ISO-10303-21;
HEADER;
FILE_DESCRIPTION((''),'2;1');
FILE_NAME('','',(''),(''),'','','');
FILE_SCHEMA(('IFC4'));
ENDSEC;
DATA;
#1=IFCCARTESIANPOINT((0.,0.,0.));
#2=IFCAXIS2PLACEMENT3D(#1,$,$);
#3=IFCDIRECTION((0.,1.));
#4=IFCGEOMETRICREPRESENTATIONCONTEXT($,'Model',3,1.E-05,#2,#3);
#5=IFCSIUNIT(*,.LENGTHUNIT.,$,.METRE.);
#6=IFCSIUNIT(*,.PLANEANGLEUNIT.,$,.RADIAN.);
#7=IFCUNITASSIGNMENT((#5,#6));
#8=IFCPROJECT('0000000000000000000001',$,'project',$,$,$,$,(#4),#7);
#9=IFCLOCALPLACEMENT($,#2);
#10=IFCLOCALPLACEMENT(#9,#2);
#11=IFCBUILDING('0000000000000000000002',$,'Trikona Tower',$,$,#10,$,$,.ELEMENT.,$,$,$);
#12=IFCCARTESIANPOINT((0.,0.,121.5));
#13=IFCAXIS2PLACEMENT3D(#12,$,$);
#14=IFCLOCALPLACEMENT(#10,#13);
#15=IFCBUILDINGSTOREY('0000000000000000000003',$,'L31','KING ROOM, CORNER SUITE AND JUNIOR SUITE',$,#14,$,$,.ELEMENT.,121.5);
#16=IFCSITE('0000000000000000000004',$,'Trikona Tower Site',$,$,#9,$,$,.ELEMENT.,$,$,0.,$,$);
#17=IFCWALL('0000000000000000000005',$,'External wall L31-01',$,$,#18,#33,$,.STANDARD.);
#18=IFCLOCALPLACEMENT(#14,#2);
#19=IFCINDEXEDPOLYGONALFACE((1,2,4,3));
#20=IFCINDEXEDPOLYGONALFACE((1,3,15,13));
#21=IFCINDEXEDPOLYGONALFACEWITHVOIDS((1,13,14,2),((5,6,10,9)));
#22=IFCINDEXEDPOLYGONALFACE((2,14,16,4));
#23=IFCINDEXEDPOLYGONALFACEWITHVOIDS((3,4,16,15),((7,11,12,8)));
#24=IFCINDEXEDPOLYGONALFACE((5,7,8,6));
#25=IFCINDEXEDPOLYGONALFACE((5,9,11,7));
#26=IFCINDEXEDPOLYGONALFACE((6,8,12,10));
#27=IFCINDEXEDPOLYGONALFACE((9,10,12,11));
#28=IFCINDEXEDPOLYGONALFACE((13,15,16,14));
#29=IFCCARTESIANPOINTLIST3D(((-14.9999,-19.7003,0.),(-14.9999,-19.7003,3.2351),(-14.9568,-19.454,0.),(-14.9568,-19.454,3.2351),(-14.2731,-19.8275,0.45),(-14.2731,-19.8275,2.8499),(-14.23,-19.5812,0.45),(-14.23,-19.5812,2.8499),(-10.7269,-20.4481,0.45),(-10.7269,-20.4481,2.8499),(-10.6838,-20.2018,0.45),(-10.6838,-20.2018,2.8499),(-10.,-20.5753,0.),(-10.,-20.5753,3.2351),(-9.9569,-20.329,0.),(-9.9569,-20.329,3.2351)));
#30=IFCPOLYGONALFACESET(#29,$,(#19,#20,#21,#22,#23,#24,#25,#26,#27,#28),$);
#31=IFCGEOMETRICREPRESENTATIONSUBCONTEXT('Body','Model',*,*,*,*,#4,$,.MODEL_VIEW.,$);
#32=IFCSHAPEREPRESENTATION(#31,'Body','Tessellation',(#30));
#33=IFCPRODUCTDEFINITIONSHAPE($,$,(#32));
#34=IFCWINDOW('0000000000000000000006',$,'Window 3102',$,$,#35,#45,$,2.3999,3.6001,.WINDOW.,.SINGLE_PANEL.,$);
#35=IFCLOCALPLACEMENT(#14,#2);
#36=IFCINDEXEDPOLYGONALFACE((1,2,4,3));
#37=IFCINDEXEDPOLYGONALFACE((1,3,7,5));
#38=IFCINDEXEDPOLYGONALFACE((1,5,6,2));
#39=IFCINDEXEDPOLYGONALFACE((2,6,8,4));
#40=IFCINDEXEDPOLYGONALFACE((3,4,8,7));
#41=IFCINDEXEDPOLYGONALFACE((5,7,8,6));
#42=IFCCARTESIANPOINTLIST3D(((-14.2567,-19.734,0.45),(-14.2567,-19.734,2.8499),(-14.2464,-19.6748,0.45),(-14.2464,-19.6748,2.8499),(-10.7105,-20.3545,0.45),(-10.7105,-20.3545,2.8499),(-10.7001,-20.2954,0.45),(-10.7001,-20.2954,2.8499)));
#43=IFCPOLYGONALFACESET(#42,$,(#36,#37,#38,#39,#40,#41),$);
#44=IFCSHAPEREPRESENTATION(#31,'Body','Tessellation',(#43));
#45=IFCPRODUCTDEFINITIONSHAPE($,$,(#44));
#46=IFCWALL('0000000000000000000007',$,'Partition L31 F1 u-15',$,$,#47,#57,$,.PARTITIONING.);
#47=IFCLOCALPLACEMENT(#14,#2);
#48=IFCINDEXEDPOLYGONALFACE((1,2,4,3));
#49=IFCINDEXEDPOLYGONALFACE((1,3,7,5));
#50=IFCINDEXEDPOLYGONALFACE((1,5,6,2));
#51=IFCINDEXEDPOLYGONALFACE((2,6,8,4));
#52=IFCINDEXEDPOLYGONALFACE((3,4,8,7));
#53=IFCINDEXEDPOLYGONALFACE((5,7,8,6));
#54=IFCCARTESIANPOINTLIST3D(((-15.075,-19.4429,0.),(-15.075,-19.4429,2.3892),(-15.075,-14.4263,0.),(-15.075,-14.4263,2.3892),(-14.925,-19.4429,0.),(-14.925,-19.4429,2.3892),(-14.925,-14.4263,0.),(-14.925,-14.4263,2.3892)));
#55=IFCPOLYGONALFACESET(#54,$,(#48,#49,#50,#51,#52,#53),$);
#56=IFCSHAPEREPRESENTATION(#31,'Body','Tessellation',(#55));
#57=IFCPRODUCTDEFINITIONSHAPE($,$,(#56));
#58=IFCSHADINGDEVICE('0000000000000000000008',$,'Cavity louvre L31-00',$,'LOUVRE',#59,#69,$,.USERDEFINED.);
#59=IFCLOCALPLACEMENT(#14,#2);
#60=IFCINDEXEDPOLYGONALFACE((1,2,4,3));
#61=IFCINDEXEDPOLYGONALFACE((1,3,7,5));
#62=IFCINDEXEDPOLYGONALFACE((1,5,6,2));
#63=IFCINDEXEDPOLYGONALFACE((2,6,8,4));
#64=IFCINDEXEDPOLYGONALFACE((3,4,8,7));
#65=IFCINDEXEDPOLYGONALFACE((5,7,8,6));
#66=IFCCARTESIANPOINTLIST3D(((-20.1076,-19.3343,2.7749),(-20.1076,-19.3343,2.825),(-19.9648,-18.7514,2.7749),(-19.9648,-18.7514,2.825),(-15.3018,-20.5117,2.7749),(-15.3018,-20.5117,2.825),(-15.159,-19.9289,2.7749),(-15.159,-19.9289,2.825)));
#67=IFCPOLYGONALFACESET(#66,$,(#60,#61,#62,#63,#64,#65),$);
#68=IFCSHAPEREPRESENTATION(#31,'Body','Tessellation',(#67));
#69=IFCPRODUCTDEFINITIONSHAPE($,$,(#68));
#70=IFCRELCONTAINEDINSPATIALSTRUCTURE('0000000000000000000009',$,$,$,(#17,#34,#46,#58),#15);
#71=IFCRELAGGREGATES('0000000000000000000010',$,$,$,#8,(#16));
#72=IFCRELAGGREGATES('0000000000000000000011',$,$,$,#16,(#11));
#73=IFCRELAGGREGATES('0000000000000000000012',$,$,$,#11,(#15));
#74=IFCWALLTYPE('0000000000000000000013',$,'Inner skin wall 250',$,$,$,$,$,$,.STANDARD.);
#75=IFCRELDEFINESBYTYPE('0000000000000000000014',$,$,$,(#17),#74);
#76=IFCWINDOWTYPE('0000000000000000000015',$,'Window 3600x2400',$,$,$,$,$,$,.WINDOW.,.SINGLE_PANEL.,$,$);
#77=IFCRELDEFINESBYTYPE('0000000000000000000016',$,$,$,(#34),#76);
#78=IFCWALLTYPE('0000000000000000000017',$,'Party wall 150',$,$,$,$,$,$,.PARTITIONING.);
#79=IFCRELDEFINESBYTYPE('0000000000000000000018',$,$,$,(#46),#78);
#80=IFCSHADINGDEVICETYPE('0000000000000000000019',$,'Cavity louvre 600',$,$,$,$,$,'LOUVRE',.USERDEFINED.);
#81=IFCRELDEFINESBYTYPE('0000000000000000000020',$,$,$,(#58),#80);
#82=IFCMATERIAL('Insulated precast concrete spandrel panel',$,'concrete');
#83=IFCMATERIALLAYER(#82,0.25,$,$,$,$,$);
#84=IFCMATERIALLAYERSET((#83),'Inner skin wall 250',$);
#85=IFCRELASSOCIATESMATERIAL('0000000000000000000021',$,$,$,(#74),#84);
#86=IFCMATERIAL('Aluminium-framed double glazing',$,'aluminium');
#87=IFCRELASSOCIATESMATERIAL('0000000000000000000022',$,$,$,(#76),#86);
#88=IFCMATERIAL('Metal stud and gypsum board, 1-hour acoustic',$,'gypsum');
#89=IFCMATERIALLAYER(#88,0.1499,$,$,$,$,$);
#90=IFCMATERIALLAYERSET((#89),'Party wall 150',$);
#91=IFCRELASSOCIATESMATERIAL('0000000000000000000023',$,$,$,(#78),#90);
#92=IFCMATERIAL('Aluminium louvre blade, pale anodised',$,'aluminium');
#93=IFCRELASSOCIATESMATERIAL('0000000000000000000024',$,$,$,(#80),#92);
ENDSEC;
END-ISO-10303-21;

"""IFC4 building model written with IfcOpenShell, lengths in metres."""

from ifc_helpers import new_model, si_unit, direction, frame, frame_2d, origin, origin_2d, place, context, subcontext, project, spatial, rectangle, extrude, material, layer, layer_set, type_object, element, fill, save


model = new_model("IFC4")

# Units and contexts
model_context = context("Model", 3, precision=1e-05, world=origin(), true_north=direction((0.0, 1.0)))
body_context = subcontext(model_context, "Body", "Model", "MODEL_VIEW")
ifc_project = project(units=[si_unit("LENGTHUNIT", "METRE"), si_unit("PLANEANGLEUNIT", "RADIAN")], contexts=[model_context])

# Site, building, storey
site_placement = place(None, origin())
site = spatial("IfcSite", under=ifc_project, at=site_placement, Name="Trikona Tower Site", CompositionType="ELEMENT", RefElevation=0.0)
building_placement = place(site_placement, origin())
building = spatial("IfcBuilding", under=site, at=building_placement, Name="Trikona Tower", CompositionType="ELEMENT")
storey_placement = place(building_placement, frame((0.0, 0.0, 121.5)))
storey = spatial("IfcBuildingStorey", under=building, at=storey_placement, Name="L31", Description="KING ROOM, CORNER SUITE AND JUNIOR SUITE", CompositionType="ELEMENT", Elevation=121.5)

# Wall, opening, window
ifc_material_1 = material(Name="Insulated precast concrete spandrel panel", Category="concrete")
ifc_layer_1 = layer(ifc_material_1, 0.25)
ifc_layer_set_1 = layer_set([ifc_layer_1], Name="Inner skin wall 250")
wall_type_1 = type_object("IfcWallType", Name="Inner skin wall 250", PredefinedType="STANDARD", material=ifc_layer_set_1)
wall_1_placement = place(storey_placement, frame((-14.9785, -19.5771, 0.0), z_axis=(0.0, 0.0, 1.0), x_axis=(0.98503, -0.17238, 0.0)))
wall_1 = element("IfcWall", 1, at=wall_1_placement, inside=storey, type_object=wall_type_1, Name="External wall L31-01", PredefinedType="STANDARD", context=body_context, shape_type="SweptSolid", body=[
    extrude(rectangle(XDim=5.0759, YDim=0.25, at=frame_2d((2.5381, 0.0))), origin(), (0.0, 0.0, 1.0), 3.2351),
])
opening_placement = place(wall_1_placement, frame((0.738, 0.0, 0.45)))
opening = element("IfcOpeningElement", 2, at=opening_placement, cuts=wall_1, PredefinedType="OPENING", context=body_context, shape_type="SweptSolid", body=[
    extrude(rectangle(XDim=3.6001, YDim=2.3999, at=frame_2d((1.8, 1.2))), frame((0.0, 0.135, 0.0), z_axis=(0.0, -1.0, 0.0), x_axis=(1.0, 0.0, 0.0)), (0.0, 0.0, 1.0), 0.27),
])
ifc_material_2 = material(Name="Aluminium-framed double glazing", Category="aluminium")
window_type = type_object("IfcWindowType", Name="Window 3600x2400", PartitioningType="SINGLE_PANEL", PredefinedType="WINDOW", material=ifc_material_2)
window_placement = place(opening_placement, origin())
window = element("IfcWindow", 3, at=window_placement, inside=storey, type_object=window_type, Name="Window 3102", OverallHeight=2.3999, OverallWidth=3.6001, PartitioningType="SINGLE_PANEL", PredefinedType="WINDOW", context=body_context, shape_type="SweptSolid", body=[
    extrude(rectangle(XDim=3.6001, YDim=2.3999, at=frame_2d((1.8, 1.2))), frame((0.0, 0.03, 0.0), z_axis=(0.0, -1.0, 0.0), x_axis=(1.0, 0.0, 0.0)), (0.0, 0.0, 1.0), 0.0601),
])
fill(opening, window)

# Wall
ifc_material_3 = material(Name="Metal stud and gypsum board, 1-hour acoustic", Category="gypsum")
ifc_layer_2 = layer(ifc_material_3, 0.1499)
ifc_layer_set_2 = layer_set([ifc_layer_2], Name="Party wall 150")
wall_type_2 = type_object("IfcWallType", Name="Party wall 150", PredefinedType="PARTITIONING", material=ifc_layer_set_2)
wall_2_placement = place(storey_placement, frame((-15.0, -14.4263, 0.0), z_axis=(0.0, 0.0, 1.0), x_axis=(0.0, -1.0, 0.0)))
element("IfcWall", 4, at=wall_2_placement, inside=storey, type_object=wall_type_2, Name="Partition L31 F1 u-15", PredefinedType="PARTITIONING", context=body_context, shape_type="SweptSolid", body=[
    extrude(rectangle(XDim=5.0166, YDim=0.1499, at=frame_2d((2.5083, 0.0))), origin(), (0.0, 0.0, 1.0), 2.3892),
])

# Shading device
ifc_material_4 = material(Name="Aluminium louvre blade, pale anodised", Category="aluminium")
shading_device_type = type_object("IfcShadingDeviceType", Name="Cavity louvre 600", ElementType="LOUVRE", PredefinedType="USERDEFINED", material=ifc_material_4)
shading_device_placement = place(storey_placement, frame((-17.6333, -19.6316, 2.7749), z_axis=(0.0, 0.0, 1.0), x_axis=(0.971274, -0.237962, 0.0)))
element("IfcShadingDevice", 5, at=shading_device_placement, inside=storey, type_object=shading_device_type, Name="Cavity louvre L31-00", ObjectType="LOUVRE", PredefinedType="USERDEFINED", context=body_context, shape_type="SweptSolid", body=[
    extrude(rectangle(XDim=4.948, YDim=0.6001, at=origin_2d()), origin(), (0.0, 0.0, 1.0), 0.05),
])

save(model, "model.ifc")
